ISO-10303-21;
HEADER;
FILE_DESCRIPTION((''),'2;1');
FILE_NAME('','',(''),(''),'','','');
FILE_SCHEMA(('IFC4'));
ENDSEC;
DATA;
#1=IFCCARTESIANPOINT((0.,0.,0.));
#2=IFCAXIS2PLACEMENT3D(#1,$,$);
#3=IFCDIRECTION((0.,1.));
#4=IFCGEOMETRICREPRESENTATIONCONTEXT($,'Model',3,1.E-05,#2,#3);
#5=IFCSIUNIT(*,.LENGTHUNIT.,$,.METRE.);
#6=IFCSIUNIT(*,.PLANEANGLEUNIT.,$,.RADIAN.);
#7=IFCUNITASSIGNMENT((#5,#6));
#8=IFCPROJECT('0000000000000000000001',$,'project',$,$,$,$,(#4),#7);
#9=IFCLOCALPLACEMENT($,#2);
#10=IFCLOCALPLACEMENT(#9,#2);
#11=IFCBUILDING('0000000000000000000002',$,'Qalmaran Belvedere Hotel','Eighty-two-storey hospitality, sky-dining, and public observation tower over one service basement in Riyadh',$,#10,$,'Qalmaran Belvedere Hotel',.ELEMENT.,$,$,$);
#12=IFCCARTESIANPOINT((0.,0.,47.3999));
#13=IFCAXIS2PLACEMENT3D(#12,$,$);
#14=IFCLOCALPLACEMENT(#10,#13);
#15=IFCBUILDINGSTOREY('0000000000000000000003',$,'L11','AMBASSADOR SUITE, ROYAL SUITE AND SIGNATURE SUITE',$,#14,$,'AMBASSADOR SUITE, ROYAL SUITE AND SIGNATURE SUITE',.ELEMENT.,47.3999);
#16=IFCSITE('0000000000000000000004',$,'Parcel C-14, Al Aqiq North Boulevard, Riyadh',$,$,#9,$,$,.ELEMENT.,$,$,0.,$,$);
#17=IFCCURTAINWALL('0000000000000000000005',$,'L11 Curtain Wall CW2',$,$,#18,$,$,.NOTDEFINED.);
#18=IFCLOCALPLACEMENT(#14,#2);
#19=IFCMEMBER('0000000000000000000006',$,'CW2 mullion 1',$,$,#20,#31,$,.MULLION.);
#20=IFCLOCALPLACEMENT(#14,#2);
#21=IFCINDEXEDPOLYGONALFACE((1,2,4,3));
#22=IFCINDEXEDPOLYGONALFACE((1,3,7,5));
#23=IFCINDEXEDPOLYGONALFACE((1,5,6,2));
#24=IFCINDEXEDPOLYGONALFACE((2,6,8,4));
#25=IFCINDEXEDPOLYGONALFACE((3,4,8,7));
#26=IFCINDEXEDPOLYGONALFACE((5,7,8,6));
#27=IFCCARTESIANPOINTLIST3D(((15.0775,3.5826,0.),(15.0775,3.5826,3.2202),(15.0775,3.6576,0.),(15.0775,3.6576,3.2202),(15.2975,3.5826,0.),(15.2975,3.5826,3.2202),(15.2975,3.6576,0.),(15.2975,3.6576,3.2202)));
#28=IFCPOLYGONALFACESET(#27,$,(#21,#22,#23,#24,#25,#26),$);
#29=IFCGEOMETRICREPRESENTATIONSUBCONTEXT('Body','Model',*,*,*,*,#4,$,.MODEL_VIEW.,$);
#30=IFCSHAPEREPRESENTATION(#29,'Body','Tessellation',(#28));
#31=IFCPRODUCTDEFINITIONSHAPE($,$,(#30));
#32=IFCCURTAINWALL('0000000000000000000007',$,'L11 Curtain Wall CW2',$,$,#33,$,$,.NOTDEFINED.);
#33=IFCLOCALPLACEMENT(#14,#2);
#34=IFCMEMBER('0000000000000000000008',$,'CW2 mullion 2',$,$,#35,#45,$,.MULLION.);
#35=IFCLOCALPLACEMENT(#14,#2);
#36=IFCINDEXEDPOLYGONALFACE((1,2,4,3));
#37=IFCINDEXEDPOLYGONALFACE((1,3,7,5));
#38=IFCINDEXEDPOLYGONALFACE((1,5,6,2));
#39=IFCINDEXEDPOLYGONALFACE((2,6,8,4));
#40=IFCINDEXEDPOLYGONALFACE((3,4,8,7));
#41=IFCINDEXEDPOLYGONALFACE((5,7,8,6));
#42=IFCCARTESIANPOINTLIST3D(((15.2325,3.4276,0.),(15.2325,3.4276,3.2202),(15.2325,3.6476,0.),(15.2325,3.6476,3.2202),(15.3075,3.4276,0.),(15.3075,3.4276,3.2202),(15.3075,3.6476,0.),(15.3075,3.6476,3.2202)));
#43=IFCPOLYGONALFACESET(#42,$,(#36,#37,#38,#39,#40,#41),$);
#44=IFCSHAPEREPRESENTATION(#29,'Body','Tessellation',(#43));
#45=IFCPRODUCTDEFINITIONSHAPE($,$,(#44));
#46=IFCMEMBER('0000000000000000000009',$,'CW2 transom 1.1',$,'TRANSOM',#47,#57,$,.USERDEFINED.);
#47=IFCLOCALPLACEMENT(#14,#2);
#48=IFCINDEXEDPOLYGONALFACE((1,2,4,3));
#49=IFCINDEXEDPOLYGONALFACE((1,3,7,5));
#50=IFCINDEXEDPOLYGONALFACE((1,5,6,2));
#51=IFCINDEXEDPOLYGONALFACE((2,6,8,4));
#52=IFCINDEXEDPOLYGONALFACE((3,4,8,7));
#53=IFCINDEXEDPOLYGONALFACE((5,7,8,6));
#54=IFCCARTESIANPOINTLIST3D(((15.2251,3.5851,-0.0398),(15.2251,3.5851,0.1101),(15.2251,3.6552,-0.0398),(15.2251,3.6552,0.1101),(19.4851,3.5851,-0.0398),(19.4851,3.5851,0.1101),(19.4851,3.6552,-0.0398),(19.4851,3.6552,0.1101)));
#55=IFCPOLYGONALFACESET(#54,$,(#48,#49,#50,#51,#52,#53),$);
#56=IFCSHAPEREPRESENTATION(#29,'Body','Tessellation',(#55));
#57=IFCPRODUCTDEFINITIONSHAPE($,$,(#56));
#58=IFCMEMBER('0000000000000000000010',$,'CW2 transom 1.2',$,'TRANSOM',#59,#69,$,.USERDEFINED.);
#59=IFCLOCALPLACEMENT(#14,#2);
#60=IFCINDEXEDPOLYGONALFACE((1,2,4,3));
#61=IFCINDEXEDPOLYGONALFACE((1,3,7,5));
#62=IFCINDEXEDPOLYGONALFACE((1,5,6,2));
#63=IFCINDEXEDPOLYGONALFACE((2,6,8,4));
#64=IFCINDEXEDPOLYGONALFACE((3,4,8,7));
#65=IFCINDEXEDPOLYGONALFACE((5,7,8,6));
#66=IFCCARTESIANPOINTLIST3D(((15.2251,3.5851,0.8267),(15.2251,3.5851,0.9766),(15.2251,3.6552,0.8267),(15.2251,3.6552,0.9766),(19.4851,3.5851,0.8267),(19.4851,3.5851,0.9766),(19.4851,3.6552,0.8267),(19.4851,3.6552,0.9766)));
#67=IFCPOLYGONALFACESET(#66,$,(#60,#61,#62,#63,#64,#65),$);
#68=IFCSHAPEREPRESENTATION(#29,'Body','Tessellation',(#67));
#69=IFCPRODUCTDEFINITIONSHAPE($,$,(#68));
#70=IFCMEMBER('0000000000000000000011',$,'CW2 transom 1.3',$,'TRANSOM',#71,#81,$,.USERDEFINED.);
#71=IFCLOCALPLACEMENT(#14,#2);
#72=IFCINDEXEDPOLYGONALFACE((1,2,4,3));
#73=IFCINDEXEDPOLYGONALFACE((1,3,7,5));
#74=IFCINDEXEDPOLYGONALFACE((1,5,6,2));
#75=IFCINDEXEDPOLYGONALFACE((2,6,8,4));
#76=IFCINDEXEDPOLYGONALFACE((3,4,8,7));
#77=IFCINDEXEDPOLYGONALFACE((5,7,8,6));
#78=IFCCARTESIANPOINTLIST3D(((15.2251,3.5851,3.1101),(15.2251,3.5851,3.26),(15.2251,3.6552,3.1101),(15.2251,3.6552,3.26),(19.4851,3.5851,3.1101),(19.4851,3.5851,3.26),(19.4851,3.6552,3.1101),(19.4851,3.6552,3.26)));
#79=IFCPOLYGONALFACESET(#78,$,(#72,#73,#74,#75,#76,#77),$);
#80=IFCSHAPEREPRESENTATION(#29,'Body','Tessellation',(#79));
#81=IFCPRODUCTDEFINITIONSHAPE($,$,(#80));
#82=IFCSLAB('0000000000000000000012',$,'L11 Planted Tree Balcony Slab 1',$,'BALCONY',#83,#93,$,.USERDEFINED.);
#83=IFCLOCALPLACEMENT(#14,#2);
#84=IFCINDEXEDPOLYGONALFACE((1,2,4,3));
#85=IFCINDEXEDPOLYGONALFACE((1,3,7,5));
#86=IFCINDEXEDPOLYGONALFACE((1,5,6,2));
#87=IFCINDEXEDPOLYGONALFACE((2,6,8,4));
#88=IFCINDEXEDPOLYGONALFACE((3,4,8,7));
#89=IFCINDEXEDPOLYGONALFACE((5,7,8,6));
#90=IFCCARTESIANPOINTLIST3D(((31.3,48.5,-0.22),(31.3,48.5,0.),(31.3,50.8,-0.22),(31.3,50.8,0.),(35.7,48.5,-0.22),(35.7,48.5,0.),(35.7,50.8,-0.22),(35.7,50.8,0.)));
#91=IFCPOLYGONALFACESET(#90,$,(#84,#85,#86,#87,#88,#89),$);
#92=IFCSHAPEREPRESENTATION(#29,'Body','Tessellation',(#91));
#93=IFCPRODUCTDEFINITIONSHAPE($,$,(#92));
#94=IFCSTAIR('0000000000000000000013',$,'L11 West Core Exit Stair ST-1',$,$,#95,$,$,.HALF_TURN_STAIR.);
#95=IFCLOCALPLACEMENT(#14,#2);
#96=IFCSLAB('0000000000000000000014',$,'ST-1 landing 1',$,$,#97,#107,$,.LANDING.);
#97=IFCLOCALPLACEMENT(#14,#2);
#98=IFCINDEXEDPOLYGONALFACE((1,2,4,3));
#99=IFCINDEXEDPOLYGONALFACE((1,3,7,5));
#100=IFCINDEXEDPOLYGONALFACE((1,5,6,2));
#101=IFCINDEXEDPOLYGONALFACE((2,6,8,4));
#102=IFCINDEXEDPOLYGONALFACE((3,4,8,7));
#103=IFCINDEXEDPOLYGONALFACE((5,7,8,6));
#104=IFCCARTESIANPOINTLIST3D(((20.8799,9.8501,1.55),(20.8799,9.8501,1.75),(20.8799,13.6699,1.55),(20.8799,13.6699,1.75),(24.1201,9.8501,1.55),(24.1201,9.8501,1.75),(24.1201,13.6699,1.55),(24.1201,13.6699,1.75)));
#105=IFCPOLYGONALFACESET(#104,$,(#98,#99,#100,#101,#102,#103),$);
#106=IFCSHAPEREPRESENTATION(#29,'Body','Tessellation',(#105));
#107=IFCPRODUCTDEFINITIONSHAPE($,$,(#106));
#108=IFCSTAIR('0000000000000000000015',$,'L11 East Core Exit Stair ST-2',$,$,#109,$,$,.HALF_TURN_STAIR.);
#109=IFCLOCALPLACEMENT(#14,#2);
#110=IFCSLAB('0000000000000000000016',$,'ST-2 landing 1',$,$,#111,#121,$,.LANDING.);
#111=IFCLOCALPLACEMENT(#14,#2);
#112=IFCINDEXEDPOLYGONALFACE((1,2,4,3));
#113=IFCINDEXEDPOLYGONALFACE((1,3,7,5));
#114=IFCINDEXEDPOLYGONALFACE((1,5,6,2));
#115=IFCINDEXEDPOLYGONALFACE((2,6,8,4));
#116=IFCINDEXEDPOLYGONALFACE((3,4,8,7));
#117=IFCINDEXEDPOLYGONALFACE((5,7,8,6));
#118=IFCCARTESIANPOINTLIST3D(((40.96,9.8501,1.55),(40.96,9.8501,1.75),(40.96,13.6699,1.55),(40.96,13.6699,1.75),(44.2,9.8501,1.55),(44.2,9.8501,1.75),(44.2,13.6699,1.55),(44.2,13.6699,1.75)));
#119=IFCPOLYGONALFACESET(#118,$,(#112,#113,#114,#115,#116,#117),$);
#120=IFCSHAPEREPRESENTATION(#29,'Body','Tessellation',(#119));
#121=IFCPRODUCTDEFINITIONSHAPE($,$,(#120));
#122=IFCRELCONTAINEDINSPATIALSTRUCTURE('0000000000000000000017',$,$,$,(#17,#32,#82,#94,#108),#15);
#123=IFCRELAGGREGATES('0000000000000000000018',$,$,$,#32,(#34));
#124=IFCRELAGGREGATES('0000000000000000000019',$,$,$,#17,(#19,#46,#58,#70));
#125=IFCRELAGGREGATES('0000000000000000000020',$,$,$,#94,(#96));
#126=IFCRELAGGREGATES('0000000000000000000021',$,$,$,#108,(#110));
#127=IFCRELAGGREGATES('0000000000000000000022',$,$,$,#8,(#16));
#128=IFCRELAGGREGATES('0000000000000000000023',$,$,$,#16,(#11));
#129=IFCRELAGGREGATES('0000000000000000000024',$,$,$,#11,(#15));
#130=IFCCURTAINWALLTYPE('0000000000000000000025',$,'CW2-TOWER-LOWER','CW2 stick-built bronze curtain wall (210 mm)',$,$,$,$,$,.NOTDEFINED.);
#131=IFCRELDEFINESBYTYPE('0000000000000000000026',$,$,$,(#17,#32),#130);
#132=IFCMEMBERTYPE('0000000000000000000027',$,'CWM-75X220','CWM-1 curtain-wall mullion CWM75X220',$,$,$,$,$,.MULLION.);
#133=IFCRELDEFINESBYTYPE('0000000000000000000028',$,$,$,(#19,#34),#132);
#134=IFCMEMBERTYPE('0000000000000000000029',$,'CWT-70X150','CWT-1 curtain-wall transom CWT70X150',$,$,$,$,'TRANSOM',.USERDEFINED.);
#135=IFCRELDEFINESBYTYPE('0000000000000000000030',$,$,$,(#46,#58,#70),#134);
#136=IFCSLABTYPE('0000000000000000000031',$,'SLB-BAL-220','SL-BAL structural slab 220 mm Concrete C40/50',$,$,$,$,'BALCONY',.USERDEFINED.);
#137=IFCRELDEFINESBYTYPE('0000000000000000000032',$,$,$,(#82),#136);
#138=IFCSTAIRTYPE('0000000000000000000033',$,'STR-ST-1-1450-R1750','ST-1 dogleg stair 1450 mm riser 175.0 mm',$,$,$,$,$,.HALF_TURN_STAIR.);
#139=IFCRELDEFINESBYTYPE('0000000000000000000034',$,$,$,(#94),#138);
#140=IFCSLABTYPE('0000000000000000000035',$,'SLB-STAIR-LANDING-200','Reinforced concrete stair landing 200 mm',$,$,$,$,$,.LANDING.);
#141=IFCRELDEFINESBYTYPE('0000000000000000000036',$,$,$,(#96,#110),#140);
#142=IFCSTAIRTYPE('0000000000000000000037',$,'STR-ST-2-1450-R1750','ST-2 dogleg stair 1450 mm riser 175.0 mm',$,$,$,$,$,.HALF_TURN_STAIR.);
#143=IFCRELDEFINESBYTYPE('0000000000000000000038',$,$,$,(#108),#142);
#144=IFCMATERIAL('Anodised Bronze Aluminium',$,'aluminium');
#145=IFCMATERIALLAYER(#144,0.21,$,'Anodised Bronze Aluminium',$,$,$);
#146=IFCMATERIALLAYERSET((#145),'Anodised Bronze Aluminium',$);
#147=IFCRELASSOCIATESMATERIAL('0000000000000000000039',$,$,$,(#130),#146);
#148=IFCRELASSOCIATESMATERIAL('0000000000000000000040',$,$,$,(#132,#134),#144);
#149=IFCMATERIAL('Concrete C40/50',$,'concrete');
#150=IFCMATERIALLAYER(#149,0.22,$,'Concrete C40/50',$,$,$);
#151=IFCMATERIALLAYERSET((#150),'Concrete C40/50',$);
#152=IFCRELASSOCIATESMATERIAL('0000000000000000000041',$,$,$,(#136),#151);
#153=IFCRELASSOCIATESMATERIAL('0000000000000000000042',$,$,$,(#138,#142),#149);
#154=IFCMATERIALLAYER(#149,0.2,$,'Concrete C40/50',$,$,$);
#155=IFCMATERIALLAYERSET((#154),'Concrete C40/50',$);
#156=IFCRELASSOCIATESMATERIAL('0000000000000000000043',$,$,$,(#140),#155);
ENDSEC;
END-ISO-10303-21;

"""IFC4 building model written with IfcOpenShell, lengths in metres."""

from ifc_helpers import new_model, si_unit, direction, frame, origin, origin_2d, place, context, subcontext, project, spatial, polyline, rectangle, outline, extrude, material, layer, layer_set, material_profile, profile_set, type_object, element, aggregate, save


model = new_model("IFC4")

# Units and contexts
model_context = context("Model", 3, precision=1e-05, world=origin(), true_north=direction((0.0, 1.0)))
body_context = subcontext(model_context, "Body", "Model", "MODEL_VIEW")
ifc_project = project(units=[si_unit("LENGTHUNIT", "METRE"), si_unit("PLANEANGLEUNIT", "RADIAN")], contexts=[model_context])

# Site, building, storey
site_placement = place(None, origin())
site = spatial("IfcSite", under=ifc_project, at=site_placement, Name="Parcel C-14, Al Aqiq North Boulevard, Riyadh", CompositionType="ELEMENT", RefElevation=0.0)
building_placement = place(site_placement, origin())
building = spatial("IfcBuilding", under=site, at=building_placement, Name="Qalmaran Belvedere Hotel", Description="Eighty-two-storey hospitality, sky-dining, and public observation tower over one service basement in Riyadh", LongName="Qalmaran Belvedere Hotel", CompositionType="ELEMENT")
storey_placement = place(building_placement, frame((0.0, 0.0, 47.3999)))
storey = spatial("IfcBuildingStorey", under=building, at=storey_placement, Name="L11", Description="AMBASSADOR SUITE, ROYAL SUITE AND SIGNATURE SUITE", LongName="AMBASSADOR SUITE, ROYAL SUITE AND SIGNATURE SUITE", CompositionType="ELEMENT", Elevation=47.3999)

# Curtain walls, members
ifc_material_1 = material(Name="Anodised Bronze Aluminium", Category="aluminium")
ifc_layer_1 = layer(ifc_material_1, 0.21, Name="Anodised Bronze Aluminium")
ifc_layer_set_1 = layer_set([ifc_layer_1], Name="Anodised Bronze Aluminium")
curtain_wall_type = type_object("IfcCurtainWallType", Name="CW2-TOWER-LOWER", Description="CW2 stick-built bronze curtain wall (210 mm)", PredefinedType="NOTDEFINED", material=ifc_layer_set_1)
curtain_wall_1_placement = place(storey_placement, origin())
curtain_wall_1 = element("IfcCurtainWall", 1, at=curtain_wall_1_placement, inside=storey, type_object=curtain_wall_type, Name="L11 Curtain Wall CW2", PredefinedType="NOTDEFINED")
ifc_material_profile_1 = material_profile(ifc_material_1, rectangle(XDim=0.075, YDim=0.22, at=origin_2d()), Name="CWM75X220")
ifc_profile_set_1 = profile_set([ifc_material_profile_1], Name="Anodised Bronze Aluminium")
member_type_1 = type_object("IfcMemberType", Name="CWM-75X220", Description="CWM-1 curtain-wall mullion CWM75X220", PredefinedType="MULLION", material=ifc_profile_set_1)
member_1_placement = place(storey_placement, frame((15.1875, 3.6201, 0.0), z_axis=(0.0, 0.0, 1.0), x_axis=(0.0, 1.0, 0.0)))
member_1 = element("IfcMember", 2, at=member_1_placement, type_object=member_type_1, Name="CW2 mullion 1", PredefinedType="MULLION", context=body_context, shape_type="SweptSolid", body=[
    extrude(rectangle(XDim=0.075, YDim=0.22, at=origin_2d()), origin(), (0.0, 0.0, 1.0), 3.2202),
])
curtain_wall_2_placement = place(storey_placement, origin())
curtain_wall_2 = element("IfcCurtainWall", 3, at=curtain_wall_2_placement, inside=storey, type_object=curtain_wall_type, Name="L11 Curtain Wall CW2", PredefinedType="NOTDEFINED")
member_2_placement = place(storey_placement, frame((15.27, 3.5376, 0.0), z_axis=(0.0, 0.0, 1.0), x_axis=(1.0, 0.0, 0.0)))
member_2 = element("IfcMember", 4, at=member_2_placement, type_object=member_type_1, Name="CW2 mullion 2", PredefinedType="MULLION", context=body_context, shape_type="SweptSolid", body=[
    extrude(rectangle(XDim=0.075, YDim=0.22, at=origin_2d()), origin(), (0.0, 0.0, 1.0), 3.2202),
])
aggregate(curtain_wall_2, [member_2])

# Members
ifc_material_profile_2 = material_profile(ifc_material_1, rectangle(XDim=0.0701, YDim=0.1499, at=origin_2d()), Name="CWT70X150")
ifc_profile_set_2 = profile_set([ifc_material_profile_2], Name="Anodised Bronze Aluminium")
member_type_2 = type_object("IfcMemberType", Name="CWT-70X150", Description="CWT-1 curtain-wall transom CWT70X150", ElementType="TRANSOM", PredefinedType="USERDEFINED", material=ifc_profile_set_2)
member_3_placement = place(storey_placement, frame((15.2251, 3.6201, 0.0352), z_axis=(1.0, 0.0, 0.0), x_axis=(0.0, 1.0, 0.0)))
member_3 = element("IfcMember", 5, at=member_3_placement, type_object=member_type_2, Name="CW2 transom 1.1", ObjectType="TRANSOM", PredefinedType="USERDEFINED", context=body_context, shape_type="SweptSolid", body=[
    extrude(rectangle(XDim=0.0701, YDim=0.1499, at=origin_2d()), origin(), (0.0, 0.0, 1.0), 4.26),
])
member_4_placement = place(storey_placement, frame((15.2251, 3.6201, 0.9016), z_axis=(1.0, 0.0, 0.0), x_axis=(0.0, 1.0, 0.0)))
member_4 = element("IfcMember", 6, at=member_4_placement, type_object=member_type_2, Name="CW2 transom 1.2", ObjectType="TRANSOM", PredefinedType="USERDEFINED", context=body_context, shape_type="SweptSolid", body=[
    extrude(rectangle(XDim=0.0701, YDim=0.1499, at=origin_2d()), origin(), (0.0, 0.0, 1.0), 4.26),
])
member_5_placement = place(storey_placement, frame((15.2251, 3.6201, 3.1851), z_axis=(1.0, 0.0, 0.0), x_axis=(0.0, 1.0, 0.0)))
member_5 = element("IfcMember", 7, at=member_5_placement, type_object=member_type_2, Name="CW2 transom 1.3", ObjectType="TRANSOM", PredefinedType="USERDEFINED", context=body_context, shape_type="SweptSolid", body=[
    extrude(rectangle(XDim=0.0701, YDim=0.1499, at=origin_2d()), origin(), (0.0, 0.0, 1.0), 4.26),
])
aggregate(curtain_wall_1, [member_1, member_3, member_4, member_5])

# Slab
ifc_material_2 = material(Name="Concrete C40/50", Category="concrete")
ifc_layer_2 = layer(ifc_material_2, 0.22, Name="Concrete C40/50")
ifc_layer_set_2 = layer_set([ifc_layer_2], Name="Concrete C40/50")
slab_type_1 = type_object("IfcSlabType", Name="SLB-BAL-220", Description="SL-BAL structural slab 220 mm Concrete C40/50", ElementType="BALCONY", PredefinedType="USERDEFINED", material=ifc_layer_set_2)
slab_1_placement = place(storey_placement, frame((0.0, 0.0, -0.22)))
element("IfcSlab", 8, at=slab_1_placement, inside=storey, type_object=slab_type_1, Name="L11 Planted Tree Balcony Slab 1", ObjectType="BALCONY", PredefinedType="USERDEFINED", context=body_context, shape_type="SweptSolid", body=[
    extrude(outline(polyline([(31.3, 48.5), (35.7, 48.5), (35.7, 50.8), (31.3, 50.8), (31.3, 48.5)])), origin(), (0.0, 0.0, 1.0), 0.22),
])

# Stairs, slabs
stair_type_1 = type_object("IfcStairType", Name="STR-ST-1-1450-R1750", Description="ST-1 dogleg stair 1450 mm riser 175.0 mm", PredefinedType="HALF_TURN_STAIR", material=ifc_material_2)
stair_1_placement = place(storey_placement, origin())
stair_1 = element("IfcStair", 9, at=stair_1_placement, inside=storey, type_object=stair_type_1, Name="L11 West Core Exit Stair ST-1", PredefinedType="HALF_TURN_STAIR")
ifc_layer_3 = layer(ifc_material_2, 0.2, Name="Concrete C40/50")
ifc_layer_set_3 = layer_set([ifc_layer_3], Name="Concrete C40/50")
slab_type_2 = type_object("IfcSlabType", Name="SLB-STAIR-LANDING-200", Description="Reinforced concrete stair landing 200 mm", PredefinedType="LANDING", material=ifc_layer_set_3)
slab_2_placement = place(storey_placement, frame((0.0, 0.0, 1.55)))
slab_2 = element("IfcSlab", 10, at=slab_2_placement, type_object=slab_type_2, Name="ST-1 landing 1", PredefinedType="LANDING", context=body_context, shape_type="SweptSolid", body=[
    extrude(outline(polyline([(20.8799, 13.6699), (20.8799, 9.8501), (24.1201, 9.8501), (24.1201, 13.6699), (20.8799, 13.6699)])), origin(), (0.0, 0.0, 1.0), 0.2),
])
aggregate(stair_1, [slab_2])
stair_type_2 = type_object("IfcStairType", Name="STR-ST-2-1450-R1750", Description="ST-2 dogleg stair 1450 mm riser 175.0 mm", PredefinedType="HALF_TURN_STAIR", material=ifc_material_2)
stair_2_placement = place(storey_placement, origin())
stair_2 = element("IfcStair", 11, at=stair_2_placement, inside=storey, type_object=stair_type_2, Name="L11 East Core Exit Stair ST-2", PredefinedType="HALF_TURN_STAIR")
slab_3_placement = place(storey_placement, frame((0.0, 0.0, 1.55)))
slab_3 = element("IfcSlab", 12, at=slab_3_placement, type_object=slab_type_2, Name="ST-2 landing 1", PredefinedType="LANDING", context=body_context, shape_type="SweptSolid", body=[
    extrude(outline(polyline([(40.96, 13.6699), (40.96, 9.8501), (44.2, 9.8501), (44.2, 13.6699), (40.96, 13.6699)])), origin(), (0.0, 0.0, 1.0), 0.2),
])
aggregate(stair_2, [slab_3])

save(model, "model.ifc")
